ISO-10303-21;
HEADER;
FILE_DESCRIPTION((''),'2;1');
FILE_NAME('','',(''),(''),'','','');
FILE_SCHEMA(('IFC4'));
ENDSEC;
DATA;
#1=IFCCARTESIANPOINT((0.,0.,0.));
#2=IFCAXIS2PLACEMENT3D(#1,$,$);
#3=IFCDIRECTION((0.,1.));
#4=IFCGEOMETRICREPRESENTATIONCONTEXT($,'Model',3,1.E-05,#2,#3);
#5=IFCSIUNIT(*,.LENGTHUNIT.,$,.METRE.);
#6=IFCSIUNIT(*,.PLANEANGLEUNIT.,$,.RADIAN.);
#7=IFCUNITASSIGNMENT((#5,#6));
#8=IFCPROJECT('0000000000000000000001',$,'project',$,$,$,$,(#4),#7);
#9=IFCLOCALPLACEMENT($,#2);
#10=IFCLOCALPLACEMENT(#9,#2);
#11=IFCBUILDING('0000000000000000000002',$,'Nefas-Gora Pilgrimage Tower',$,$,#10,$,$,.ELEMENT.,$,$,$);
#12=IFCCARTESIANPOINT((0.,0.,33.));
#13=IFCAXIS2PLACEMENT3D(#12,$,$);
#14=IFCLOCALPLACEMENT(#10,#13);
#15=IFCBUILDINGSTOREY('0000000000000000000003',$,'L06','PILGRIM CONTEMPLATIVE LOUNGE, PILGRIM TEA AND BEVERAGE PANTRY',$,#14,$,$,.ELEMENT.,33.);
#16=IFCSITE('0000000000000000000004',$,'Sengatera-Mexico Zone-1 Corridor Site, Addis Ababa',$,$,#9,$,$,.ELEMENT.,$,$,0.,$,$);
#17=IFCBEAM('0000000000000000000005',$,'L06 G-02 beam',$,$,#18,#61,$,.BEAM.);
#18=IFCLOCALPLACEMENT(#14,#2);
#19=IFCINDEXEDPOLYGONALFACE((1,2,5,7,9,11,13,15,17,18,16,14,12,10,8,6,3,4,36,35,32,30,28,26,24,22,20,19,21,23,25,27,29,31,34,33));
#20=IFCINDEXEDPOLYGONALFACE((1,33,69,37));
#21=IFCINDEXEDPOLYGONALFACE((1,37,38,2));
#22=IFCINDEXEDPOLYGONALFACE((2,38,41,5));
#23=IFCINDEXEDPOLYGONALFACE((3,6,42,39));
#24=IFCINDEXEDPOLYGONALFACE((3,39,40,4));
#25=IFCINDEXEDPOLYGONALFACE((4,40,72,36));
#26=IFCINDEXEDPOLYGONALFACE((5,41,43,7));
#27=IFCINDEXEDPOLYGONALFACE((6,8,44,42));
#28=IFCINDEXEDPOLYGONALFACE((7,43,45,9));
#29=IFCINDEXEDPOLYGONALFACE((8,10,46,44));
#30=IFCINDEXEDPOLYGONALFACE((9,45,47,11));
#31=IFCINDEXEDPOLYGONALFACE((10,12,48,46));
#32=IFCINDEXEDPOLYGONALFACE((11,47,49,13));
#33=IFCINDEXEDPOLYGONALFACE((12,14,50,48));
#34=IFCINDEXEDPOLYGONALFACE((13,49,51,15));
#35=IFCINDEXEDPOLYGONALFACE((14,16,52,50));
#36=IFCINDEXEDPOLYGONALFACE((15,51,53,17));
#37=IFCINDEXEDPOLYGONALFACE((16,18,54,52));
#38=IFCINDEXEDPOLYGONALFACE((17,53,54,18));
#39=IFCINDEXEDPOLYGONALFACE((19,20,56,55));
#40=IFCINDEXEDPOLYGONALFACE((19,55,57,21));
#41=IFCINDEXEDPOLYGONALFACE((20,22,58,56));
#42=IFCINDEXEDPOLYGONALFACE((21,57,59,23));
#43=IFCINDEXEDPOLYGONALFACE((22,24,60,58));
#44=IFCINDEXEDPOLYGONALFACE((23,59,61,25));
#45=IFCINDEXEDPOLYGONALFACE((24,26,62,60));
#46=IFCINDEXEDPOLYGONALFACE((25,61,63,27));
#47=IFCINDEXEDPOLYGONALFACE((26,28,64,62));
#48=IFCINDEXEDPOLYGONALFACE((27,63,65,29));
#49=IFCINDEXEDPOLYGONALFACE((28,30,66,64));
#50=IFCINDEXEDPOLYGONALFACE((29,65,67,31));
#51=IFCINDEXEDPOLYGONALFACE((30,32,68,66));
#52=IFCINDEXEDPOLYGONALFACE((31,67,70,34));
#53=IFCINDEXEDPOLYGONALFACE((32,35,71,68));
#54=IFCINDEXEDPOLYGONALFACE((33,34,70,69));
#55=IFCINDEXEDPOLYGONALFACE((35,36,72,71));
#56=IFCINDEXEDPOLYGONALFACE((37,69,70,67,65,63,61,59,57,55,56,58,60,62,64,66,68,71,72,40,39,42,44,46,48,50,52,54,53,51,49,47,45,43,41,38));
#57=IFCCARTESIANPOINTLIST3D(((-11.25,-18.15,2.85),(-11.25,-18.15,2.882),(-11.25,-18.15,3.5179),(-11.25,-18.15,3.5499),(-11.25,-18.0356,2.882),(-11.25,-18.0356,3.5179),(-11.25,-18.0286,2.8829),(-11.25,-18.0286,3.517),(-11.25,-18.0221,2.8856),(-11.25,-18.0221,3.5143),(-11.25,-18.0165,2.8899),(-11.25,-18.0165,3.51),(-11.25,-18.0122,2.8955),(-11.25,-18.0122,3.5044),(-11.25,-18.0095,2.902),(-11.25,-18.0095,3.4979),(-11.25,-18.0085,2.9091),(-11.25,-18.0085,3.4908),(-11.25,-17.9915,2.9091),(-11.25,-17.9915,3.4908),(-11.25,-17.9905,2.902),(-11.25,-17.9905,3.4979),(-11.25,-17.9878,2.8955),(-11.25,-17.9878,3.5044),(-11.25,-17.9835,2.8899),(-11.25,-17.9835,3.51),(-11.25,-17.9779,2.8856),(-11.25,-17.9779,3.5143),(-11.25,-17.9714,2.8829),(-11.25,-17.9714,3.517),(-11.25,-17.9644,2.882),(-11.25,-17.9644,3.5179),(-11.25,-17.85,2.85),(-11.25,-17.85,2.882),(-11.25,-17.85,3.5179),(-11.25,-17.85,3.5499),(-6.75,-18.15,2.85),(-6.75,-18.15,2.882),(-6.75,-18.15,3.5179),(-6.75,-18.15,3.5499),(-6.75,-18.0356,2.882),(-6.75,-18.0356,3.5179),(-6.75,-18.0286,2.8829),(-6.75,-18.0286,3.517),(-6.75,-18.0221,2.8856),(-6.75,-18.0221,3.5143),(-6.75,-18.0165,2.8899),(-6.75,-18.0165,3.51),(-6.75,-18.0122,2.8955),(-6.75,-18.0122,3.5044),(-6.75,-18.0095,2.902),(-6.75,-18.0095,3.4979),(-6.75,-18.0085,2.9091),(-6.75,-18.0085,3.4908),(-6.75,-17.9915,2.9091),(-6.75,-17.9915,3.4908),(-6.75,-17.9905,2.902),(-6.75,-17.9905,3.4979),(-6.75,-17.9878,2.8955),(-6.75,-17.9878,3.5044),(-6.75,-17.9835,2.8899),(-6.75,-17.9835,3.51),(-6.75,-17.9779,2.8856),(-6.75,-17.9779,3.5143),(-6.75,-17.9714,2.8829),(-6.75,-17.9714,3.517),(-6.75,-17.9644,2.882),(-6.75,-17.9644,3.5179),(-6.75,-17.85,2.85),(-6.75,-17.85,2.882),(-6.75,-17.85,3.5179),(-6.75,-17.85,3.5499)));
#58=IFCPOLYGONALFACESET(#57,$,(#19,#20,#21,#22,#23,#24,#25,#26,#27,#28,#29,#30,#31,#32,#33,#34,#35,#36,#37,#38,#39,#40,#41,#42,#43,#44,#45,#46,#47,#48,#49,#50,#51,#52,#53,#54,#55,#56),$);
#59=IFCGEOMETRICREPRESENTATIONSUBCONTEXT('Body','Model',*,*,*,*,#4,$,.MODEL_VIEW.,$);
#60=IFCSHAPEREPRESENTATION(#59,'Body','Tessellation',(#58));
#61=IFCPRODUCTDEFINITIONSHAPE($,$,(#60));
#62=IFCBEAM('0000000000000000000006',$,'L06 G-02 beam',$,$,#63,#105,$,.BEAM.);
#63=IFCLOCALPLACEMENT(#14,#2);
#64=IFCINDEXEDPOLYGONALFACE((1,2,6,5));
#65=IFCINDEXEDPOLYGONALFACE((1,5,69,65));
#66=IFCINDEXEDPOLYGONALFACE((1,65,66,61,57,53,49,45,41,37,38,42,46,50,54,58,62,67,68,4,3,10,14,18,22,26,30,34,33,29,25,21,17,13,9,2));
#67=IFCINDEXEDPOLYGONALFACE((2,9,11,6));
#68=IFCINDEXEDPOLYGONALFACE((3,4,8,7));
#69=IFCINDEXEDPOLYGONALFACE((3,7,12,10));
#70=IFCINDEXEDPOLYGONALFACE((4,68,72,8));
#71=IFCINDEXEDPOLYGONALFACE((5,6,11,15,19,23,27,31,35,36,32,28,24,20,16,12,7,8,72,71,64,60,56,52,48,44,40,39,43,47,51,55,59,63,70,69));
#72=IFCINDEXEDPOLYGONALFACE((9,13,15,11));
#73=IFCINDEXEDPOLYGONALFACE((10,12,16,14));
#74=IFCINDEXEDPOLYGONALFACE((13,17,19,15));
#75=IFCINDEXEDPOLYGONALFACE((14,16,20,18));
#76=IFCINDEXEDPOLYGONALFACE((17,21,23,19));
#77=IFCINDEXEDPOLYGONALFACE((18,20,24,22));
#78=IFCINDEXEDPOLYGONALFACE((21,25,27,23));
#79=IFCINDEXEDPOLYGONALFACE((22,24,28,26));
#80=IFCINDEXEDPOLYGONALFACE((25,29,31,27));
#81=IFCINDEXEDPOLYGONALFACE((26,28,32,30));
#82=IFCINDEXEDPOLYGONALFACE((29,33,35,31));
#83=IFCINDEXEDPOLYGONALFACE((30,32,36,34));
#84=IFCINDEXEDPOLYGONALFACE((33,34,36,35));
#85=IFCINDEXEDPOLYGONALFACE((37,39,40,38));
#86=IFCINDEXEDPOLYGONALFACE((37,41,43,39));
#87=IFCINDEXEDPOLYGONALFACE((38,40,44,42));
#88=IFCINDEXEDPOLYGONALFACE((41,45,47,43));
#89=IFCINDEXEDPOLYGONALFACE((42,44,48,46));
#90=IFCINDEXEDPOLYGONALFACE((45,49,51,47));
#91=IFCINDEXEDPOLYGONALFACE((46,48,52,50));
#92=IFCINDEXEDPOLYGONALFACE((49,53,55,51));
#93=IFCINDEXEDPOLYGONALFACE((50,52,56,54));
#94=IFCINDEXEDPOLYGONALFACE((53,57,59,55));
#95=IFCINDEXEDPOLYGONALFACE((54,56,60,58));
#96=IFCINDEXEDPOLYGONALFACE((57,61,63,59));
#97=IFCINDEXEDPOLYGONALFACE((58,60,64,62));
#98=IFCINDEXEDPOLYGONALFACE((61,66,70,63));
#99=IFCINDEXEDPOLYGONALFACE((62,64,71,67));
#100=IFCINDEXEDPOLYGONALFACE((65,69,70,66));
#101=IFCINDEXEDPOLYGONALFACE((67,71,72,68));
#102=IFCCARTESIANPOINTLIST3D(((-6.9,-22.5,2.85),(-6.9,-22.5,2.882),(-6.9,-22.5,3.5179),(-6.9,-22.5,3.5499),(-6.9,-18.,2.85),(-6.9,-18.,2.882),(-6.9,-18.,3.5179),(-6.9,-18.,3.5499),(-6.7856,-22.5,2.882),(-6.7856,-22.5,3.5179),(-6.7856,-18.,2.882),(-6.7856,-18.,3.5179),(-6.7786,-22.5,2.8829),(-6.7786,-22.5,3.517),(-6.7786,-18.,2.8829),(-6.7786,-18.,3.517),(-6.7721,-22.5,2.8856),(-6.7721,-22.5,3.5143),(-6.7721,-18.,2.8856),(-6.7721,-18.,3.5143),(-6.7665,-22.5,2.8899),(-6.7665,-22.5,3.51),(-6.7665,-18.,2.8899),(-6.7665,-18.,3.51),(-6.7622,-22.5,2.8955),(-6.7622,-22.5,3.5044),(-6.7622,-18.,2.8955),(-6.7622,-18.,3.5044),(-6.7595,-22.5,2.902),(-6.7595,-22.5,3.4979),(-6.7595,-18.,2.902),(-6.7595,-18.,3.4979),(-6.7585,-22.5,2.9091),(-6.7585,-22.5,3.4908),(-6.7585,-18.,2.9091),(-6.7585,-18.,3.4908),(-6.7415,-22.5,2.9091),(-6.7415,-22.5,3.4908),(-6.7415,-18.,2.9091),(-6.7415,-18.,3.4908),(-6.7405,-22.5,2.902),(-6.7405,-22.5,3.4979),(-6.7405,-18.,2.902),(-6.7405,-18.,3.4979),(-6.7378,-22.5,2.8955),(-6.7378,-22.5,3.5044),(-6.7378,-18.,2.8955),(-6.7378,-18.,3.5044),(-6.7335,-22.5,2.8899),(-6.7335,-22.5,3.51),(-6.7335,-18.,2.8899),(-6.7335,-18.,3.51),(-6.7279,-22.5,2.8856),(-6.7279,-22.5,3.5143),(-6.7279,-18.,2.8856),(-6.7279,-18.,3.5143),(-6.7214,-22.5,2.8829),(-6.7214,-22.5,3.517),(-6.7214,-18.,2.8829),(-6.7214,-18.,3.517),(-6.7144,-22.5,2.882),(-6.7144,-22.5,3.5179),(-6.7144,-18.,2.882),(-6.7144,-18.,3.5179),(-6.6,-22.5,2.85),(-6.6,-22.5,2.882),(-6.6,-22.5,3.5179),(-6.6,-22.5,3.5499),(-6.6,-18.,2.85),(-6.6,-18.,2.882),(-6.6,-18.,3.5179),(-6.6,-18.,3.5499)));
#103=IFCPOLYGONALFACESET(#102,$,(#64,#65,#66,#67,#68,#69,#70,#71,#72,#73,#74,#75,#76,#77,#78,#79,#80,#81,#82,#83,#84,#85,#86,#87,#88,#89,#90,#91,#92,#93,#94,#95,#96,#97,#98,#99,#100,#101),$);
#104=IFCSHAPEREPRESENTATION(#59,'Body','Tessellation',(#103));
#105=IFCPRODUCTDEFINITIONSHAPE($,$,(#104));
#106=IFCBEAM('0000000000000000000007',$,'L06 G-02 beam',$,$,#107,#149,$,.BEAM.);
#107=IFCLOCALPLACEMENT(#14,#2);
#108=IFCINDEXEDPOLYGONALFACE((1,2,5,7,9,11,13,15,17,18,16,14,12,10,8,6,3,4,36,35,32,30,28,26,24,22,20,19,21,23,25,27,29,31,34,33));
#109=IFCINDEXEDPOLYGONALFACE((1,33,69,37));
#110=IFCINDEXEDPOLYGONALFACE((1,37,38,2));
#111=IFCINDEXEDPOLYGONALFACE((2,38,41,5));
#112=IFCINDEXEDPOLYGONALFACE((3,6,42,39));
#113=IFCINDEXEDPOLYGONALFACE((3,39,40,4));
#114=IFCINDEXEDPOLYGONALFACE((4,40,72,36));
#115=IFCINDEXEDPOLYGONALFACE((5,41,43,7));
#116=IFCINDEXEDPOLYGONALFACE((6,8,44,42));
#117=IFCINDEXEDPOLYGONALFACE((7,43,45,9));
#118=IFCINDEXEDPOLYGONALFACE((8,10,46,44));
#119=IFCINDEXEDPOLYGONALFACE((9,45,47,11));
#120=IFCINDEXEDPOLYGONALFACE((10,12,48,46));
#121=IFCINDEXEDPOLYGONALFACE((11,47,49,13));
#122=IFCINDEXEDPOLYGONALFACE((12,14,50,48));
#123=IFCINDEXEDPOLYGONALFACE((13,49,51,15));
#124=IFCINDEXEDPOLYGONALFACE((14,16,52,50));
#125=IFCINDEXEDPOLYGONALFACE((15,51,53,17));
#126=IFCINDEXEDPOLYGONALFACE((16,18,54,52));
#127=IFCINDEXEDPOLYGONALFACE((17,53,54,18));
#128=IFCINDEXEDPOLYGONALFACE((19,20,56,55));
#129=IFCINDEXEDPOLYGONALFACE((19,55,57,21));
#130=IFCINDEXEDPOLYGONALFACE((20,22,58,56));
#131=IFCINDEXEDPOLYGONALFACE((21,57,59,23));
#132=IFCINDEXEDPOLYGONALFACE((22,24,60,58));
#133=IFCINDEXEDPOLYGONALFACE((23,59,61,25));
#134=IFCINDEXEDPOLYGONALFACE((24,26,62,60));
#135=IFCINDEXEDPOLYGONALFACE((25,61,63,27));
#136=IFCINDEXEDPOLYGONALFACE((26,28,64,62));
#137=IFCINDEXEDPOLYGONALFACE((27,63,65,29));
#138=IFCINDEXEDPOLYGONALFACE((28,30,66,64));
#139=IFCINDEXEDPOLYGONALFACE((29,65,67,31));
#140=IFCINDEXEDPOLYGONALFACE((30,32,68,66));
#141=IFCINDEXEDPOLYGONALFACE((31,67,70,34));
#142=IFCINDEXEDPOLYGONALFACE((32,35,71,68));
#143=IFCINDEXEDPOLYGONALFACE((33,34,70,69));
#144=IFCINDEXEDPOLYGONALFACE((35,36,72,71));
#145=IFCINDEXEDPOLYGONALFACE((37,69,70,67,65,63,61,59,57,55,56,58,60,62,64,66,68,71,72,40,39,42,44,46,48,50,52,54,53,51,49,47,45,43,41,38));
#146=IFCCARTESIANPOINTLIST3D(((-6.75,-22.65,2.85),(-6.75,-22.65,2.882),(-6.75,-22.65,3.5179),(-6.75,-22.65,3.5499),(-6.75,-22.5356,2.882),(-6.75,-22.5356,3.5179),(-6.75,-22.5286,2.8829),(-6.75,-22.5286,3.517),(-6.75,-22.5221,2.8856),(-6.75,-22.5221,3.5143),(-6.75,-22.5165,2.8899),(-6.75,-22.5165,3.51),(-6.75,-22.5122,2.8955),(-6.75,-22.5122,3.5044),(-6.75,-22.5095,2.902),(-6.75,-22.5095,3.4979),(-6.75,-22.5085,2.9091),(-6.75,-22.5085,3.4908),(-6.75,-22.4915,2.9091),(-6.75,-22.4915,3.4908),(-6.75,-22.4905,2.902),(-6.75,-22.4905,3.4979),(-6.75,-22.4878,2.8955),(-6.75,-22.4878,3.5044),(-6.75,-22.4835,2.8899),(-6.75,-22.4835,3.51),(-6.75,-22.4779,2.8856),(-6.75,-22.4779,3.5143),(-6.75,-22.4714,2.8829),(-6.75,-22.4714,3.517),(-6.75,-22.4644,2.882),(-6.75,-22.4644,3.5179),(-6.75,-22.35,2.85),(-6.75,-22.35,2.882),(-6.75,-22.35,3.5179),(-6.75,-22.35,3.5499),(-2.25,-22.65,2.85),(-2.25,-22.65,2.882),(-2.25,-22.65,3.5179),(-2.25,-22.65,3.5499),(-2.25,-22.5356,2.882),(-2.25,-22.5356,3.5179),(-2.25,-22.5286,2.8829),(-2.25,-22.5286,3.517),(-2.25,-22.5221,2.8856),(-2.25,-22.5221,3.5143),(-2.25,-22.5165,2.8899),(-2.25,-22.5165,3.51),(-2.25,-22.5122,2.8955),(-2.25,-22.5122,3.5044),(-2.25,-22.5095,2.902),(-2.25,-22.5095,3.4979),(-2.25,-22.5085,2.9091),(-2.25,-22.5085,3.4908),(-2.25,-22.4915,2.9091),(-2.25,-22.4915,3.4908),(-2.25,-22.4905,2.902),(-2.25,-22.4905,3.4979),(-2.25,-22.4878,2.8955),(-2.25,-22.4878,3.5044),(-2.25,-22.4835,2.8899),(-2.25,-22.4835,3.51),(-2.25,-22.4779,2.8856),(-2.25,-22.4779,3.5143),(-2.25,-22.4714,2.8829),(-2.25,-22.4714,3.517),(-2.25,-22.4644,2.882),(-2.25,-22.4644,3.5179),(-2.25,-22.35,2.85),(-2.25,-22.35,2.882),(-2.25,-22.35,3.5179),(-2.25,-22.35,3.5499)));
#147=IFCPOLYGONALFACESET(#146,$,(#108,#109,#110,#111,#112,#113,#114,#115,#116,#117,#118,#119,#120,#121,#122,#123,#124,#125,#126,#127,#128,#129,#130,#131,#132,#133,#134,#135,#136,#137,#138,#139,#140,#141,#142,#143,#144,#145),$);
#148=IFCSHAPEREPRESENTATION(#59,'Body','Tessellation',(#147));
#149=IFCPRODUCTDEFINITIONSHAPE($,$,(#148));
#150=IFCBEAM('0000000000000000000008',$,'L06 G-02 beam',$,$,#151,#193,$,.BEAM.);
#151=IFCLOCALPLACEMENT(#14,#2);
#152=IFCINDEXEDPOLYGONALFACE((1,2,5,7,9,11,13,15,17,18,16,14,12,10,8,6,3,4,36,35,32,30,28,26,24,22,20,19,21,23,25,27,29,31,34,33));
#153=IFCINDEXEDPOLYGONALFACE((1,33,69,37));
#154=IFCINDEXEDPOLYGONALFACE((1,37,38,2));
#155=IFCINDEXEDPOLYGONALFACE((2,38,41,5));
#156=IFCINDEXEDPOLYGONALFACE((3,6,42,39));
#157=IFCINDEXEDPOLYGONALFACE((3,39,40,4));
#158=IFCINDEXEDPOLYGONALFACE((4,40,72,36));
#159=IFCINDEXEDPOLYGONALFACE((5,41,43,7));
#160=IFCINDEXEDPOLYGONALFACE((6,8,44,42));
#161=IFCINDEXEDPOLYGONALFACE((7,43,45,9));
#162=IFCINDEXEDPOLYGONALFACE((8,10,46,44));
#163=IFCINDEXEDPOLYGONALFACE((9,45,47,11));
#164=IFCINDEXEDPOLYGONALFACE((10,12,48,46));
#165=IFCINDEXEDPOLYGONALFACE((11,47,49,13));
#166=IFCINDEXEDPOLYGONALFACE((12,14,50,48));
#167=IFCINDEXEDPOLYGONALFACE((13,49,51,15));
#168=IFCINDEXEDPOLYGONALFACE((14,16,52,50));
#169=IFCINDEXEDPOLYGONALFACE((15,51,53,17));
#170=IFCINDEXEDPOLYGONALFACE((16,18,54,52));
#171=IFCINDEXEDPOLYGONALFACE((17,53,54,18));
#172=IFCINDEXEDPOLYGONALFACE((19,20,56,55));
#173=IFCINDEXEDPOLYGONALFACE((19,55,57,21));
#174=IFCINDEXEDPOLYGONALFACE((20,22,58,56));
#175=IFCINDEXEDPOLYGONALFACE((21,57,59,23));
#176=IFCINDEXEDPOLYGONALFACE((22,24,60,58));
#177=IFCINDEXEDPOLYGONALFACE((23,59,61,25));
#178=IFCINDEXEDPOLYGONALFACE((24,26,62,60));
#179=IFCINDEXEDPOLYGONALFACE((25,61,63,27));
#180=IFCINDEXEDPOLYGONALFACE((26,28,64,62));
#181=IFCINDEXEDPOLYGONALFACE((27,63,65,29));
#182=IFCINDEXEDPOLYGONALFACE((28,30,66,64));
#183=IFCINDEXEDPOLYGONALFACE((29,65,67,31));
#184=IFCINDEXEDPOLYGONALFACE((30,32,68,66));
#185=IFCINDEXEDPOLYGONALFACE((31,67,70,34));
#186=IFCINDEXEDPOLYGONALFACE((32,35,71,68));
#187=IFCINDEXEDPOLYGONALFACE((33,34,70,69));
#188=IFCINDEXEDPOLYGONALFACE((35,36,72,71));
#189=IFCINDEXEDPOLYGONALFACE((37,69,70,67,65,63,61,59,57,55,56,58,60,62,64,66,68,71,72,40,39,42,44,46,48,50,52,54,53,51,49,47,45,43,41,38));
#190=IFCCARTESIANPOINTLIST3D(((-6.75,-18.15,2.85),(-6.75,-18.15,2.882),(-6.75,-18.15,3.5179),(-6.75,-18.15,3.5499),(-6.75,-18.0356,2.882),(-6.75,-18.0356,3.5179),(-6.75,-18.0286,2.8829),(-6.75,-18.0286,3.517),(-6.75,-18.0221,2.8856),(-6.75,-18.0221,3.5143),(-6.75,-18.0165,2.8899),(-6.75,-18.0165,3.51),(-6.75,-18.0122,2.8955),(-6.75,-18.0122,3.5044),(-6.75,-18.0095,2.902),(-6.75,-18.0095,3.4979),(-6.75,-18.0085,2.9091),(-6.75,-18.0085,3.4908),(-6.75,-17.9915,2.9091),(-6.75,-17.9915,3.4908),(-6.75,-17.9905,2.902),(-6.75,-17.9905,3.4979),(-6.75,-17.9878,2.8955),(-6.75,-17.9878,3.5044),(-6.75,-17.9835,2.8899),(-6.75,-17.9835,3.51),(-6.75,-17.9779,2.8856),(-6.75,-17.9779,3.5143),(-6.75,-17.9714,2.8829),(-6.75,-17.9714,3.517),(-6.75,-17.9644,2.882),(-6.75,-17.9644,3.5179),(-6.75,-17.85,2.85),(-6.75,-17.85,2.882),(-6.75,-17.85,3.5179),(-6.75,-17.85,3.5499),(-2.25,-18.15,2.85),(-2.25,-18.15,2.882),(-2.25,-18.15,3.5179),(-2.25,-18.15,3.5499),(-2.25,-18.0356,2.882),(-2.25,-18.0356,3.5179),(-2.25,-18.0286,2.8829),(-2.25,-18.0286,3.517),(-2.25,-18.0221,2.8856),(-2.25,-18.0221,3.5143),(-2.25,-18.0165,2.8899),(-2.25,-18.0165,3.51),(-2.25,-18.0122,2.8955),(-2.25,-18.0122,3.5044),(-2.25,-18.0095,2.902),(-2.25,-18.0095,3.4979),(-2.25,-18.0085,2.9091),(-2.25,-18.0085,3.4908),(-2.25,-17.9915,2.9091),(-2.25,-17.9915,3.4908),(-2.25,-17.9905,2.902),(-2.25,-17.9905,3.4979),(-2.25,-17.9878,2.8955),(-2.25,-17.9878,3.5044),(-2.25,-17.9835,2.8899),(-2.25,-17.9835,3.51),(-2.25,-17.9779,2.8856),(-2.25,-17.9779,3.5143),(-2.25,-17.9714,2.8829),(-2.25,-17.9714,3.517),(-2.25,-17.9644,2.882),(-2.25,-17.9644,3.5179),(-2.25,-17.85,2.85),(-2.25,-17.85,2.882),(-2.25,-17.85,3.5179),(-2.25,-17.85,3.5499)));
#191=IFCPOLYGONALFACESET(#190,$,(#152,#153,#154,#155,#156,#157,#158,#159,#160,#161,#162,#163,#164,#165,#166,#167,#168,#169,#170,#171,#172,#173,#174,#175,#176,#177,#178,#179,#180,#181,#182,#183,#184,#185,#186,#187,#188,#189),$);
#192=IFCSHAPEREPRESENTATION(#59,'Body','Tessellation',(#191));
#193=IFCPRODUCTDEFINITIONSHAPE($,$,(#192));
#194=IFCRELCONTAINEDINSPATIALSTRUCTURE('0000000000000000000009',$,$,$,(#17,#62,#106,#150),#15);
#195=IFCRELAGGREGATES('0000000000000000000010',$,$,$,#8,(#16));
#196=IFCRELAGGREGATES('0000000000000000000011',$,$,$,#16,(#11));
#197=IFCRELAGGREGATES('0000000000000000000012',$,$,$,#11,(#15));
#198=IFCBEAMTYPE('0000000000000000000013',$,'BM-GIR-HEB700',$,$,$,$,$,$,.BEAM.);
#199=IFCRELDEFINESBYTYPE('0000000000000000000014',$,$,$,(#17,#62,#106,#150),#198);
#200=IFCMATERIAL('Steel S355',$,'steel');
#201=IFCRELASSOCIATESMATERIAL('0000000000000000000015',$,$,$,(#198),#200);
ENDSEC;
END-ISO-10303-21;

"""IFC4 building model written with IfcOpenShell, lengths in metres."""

from ifc_helpers import new_model, si_unit, direction, frame, origin, origin_2d, place, context, subcontext, project, spatial, i_section, extrude, source, transform, mapped, material, material_profile, profile_set, type_object, element, save


model = new_model("IFC4")

# Units and contexts
model_context = context("Model", 3, precision=1e-05, world=origin(), true_north=direction((0.0, 1.0)))
body_context = subcontext(model_context, "Body", "Model", "MODEL_VIEW")
ifc_project = project(units=[si_unit("LENGTHUNIT", "METRE"), si_unit("PLANEANGLEUNIT", "RADIAN")], contexts=[model_context])

# Site, building, storey
site_placement = place(None, origin())
site = spatial("IfcSite", under=ifc_project, at=site_placement, Name="Sengatera-Mexico Zone-1 Corridor Site, Addis Ababa", CompositionType="ELEMENT", RefElevation=0.0)
building_placement = place(site_placement, origin())
building = spatial("IfcBuilding", under=site, at=building_placement, Name="Nefas-Gora Pilgrimage Tower", CompositionType="ELEMENT")
storey_placement = place(building_placement, frame((0.0, 0.0, 33.0)))
storey = spatial("IfcBuildingStorey", under=building, at=storey_placement, Name="L06", Description="PILGRIM CONTEMPLATIVE LOUNGE, PILGRIM TEA AND BEVERAGE PANTRY", CompositionType="ELEMENT", Elevation=33.0)

# Beams
ifc_material_1 = material(Name="Steel S355", Category="steel")
ifc_material_profile_1 = material_profile(ifc_material_1, i_section(OverallWidth=0.3, OverallDepth=0.7, WebThickness=0.0171, FlangeThickness=0.032, FilletRadius=0.0271, at=origin_2d()), Name="HEB 700")
ifc_profile_set_1 = profile_set([ifc_material_profile_1], Name="Steel S355")
beam_type = type_object("IfcBeamType", Name="BM-GIR-HEB700", PredefinedType="BEAM", material=ifc_profile_set_1)
shared_shape_1 = source(origin(), body_context, "Body", "SweptSolid", [
    extrude(i_section(OverallWidth=0.3, OverallDepth=0.7, WebThickness=0.0171, FlangeThickness=0.032, FilletRadius=0.0271, at=origin_2d()), origin(), (0.0, 0.0, 1.0), 4.5),
])
for number, where, z_axis, x_axis, name in (
    (1, (-11.25, -18.0, 3.2), (1.0, 0.0, 0.0), (0.0, 1.0, 0.0), "L06 G-02 beam"),
    (2, (-6.75, -22.5, 3.2), (0.0, 1.0, 0.0), (-1.0, 0.0, 0.0), "L06 G-02 beam"),
    (3, (-6.75, -22.5, 3.2), (1.0, 0.0, 0.0), (0.0, 1.0, 0.0), "L06 G-02 beam"),
    (4, (-6.75, -18.0, 3.2), (1.0, 0.0, 0.0), (0.0, 1.0, 0.0), "L06 G-02 beam"),
):
    element("IfcBeam", number, at=place(storey_placement, frame(where, z_axis=z_axis, x_axis=x_axis)), inside=storey, type_object=beam_type, Name=name, PredefinedType="BEAM", context=body_context, shape_type="MappedRepresentation", body=[
        mapped(shared_shape_1, transform((0.0, 0.0, 0.0), x_axis=(1.0, 0.0, 0.0), y_axis=(0.0, 1.0, 0.0), z_axis=(0.0, 0.0, 1.0), scale=1.0)),
    ])

save(model, "model.ifc")
